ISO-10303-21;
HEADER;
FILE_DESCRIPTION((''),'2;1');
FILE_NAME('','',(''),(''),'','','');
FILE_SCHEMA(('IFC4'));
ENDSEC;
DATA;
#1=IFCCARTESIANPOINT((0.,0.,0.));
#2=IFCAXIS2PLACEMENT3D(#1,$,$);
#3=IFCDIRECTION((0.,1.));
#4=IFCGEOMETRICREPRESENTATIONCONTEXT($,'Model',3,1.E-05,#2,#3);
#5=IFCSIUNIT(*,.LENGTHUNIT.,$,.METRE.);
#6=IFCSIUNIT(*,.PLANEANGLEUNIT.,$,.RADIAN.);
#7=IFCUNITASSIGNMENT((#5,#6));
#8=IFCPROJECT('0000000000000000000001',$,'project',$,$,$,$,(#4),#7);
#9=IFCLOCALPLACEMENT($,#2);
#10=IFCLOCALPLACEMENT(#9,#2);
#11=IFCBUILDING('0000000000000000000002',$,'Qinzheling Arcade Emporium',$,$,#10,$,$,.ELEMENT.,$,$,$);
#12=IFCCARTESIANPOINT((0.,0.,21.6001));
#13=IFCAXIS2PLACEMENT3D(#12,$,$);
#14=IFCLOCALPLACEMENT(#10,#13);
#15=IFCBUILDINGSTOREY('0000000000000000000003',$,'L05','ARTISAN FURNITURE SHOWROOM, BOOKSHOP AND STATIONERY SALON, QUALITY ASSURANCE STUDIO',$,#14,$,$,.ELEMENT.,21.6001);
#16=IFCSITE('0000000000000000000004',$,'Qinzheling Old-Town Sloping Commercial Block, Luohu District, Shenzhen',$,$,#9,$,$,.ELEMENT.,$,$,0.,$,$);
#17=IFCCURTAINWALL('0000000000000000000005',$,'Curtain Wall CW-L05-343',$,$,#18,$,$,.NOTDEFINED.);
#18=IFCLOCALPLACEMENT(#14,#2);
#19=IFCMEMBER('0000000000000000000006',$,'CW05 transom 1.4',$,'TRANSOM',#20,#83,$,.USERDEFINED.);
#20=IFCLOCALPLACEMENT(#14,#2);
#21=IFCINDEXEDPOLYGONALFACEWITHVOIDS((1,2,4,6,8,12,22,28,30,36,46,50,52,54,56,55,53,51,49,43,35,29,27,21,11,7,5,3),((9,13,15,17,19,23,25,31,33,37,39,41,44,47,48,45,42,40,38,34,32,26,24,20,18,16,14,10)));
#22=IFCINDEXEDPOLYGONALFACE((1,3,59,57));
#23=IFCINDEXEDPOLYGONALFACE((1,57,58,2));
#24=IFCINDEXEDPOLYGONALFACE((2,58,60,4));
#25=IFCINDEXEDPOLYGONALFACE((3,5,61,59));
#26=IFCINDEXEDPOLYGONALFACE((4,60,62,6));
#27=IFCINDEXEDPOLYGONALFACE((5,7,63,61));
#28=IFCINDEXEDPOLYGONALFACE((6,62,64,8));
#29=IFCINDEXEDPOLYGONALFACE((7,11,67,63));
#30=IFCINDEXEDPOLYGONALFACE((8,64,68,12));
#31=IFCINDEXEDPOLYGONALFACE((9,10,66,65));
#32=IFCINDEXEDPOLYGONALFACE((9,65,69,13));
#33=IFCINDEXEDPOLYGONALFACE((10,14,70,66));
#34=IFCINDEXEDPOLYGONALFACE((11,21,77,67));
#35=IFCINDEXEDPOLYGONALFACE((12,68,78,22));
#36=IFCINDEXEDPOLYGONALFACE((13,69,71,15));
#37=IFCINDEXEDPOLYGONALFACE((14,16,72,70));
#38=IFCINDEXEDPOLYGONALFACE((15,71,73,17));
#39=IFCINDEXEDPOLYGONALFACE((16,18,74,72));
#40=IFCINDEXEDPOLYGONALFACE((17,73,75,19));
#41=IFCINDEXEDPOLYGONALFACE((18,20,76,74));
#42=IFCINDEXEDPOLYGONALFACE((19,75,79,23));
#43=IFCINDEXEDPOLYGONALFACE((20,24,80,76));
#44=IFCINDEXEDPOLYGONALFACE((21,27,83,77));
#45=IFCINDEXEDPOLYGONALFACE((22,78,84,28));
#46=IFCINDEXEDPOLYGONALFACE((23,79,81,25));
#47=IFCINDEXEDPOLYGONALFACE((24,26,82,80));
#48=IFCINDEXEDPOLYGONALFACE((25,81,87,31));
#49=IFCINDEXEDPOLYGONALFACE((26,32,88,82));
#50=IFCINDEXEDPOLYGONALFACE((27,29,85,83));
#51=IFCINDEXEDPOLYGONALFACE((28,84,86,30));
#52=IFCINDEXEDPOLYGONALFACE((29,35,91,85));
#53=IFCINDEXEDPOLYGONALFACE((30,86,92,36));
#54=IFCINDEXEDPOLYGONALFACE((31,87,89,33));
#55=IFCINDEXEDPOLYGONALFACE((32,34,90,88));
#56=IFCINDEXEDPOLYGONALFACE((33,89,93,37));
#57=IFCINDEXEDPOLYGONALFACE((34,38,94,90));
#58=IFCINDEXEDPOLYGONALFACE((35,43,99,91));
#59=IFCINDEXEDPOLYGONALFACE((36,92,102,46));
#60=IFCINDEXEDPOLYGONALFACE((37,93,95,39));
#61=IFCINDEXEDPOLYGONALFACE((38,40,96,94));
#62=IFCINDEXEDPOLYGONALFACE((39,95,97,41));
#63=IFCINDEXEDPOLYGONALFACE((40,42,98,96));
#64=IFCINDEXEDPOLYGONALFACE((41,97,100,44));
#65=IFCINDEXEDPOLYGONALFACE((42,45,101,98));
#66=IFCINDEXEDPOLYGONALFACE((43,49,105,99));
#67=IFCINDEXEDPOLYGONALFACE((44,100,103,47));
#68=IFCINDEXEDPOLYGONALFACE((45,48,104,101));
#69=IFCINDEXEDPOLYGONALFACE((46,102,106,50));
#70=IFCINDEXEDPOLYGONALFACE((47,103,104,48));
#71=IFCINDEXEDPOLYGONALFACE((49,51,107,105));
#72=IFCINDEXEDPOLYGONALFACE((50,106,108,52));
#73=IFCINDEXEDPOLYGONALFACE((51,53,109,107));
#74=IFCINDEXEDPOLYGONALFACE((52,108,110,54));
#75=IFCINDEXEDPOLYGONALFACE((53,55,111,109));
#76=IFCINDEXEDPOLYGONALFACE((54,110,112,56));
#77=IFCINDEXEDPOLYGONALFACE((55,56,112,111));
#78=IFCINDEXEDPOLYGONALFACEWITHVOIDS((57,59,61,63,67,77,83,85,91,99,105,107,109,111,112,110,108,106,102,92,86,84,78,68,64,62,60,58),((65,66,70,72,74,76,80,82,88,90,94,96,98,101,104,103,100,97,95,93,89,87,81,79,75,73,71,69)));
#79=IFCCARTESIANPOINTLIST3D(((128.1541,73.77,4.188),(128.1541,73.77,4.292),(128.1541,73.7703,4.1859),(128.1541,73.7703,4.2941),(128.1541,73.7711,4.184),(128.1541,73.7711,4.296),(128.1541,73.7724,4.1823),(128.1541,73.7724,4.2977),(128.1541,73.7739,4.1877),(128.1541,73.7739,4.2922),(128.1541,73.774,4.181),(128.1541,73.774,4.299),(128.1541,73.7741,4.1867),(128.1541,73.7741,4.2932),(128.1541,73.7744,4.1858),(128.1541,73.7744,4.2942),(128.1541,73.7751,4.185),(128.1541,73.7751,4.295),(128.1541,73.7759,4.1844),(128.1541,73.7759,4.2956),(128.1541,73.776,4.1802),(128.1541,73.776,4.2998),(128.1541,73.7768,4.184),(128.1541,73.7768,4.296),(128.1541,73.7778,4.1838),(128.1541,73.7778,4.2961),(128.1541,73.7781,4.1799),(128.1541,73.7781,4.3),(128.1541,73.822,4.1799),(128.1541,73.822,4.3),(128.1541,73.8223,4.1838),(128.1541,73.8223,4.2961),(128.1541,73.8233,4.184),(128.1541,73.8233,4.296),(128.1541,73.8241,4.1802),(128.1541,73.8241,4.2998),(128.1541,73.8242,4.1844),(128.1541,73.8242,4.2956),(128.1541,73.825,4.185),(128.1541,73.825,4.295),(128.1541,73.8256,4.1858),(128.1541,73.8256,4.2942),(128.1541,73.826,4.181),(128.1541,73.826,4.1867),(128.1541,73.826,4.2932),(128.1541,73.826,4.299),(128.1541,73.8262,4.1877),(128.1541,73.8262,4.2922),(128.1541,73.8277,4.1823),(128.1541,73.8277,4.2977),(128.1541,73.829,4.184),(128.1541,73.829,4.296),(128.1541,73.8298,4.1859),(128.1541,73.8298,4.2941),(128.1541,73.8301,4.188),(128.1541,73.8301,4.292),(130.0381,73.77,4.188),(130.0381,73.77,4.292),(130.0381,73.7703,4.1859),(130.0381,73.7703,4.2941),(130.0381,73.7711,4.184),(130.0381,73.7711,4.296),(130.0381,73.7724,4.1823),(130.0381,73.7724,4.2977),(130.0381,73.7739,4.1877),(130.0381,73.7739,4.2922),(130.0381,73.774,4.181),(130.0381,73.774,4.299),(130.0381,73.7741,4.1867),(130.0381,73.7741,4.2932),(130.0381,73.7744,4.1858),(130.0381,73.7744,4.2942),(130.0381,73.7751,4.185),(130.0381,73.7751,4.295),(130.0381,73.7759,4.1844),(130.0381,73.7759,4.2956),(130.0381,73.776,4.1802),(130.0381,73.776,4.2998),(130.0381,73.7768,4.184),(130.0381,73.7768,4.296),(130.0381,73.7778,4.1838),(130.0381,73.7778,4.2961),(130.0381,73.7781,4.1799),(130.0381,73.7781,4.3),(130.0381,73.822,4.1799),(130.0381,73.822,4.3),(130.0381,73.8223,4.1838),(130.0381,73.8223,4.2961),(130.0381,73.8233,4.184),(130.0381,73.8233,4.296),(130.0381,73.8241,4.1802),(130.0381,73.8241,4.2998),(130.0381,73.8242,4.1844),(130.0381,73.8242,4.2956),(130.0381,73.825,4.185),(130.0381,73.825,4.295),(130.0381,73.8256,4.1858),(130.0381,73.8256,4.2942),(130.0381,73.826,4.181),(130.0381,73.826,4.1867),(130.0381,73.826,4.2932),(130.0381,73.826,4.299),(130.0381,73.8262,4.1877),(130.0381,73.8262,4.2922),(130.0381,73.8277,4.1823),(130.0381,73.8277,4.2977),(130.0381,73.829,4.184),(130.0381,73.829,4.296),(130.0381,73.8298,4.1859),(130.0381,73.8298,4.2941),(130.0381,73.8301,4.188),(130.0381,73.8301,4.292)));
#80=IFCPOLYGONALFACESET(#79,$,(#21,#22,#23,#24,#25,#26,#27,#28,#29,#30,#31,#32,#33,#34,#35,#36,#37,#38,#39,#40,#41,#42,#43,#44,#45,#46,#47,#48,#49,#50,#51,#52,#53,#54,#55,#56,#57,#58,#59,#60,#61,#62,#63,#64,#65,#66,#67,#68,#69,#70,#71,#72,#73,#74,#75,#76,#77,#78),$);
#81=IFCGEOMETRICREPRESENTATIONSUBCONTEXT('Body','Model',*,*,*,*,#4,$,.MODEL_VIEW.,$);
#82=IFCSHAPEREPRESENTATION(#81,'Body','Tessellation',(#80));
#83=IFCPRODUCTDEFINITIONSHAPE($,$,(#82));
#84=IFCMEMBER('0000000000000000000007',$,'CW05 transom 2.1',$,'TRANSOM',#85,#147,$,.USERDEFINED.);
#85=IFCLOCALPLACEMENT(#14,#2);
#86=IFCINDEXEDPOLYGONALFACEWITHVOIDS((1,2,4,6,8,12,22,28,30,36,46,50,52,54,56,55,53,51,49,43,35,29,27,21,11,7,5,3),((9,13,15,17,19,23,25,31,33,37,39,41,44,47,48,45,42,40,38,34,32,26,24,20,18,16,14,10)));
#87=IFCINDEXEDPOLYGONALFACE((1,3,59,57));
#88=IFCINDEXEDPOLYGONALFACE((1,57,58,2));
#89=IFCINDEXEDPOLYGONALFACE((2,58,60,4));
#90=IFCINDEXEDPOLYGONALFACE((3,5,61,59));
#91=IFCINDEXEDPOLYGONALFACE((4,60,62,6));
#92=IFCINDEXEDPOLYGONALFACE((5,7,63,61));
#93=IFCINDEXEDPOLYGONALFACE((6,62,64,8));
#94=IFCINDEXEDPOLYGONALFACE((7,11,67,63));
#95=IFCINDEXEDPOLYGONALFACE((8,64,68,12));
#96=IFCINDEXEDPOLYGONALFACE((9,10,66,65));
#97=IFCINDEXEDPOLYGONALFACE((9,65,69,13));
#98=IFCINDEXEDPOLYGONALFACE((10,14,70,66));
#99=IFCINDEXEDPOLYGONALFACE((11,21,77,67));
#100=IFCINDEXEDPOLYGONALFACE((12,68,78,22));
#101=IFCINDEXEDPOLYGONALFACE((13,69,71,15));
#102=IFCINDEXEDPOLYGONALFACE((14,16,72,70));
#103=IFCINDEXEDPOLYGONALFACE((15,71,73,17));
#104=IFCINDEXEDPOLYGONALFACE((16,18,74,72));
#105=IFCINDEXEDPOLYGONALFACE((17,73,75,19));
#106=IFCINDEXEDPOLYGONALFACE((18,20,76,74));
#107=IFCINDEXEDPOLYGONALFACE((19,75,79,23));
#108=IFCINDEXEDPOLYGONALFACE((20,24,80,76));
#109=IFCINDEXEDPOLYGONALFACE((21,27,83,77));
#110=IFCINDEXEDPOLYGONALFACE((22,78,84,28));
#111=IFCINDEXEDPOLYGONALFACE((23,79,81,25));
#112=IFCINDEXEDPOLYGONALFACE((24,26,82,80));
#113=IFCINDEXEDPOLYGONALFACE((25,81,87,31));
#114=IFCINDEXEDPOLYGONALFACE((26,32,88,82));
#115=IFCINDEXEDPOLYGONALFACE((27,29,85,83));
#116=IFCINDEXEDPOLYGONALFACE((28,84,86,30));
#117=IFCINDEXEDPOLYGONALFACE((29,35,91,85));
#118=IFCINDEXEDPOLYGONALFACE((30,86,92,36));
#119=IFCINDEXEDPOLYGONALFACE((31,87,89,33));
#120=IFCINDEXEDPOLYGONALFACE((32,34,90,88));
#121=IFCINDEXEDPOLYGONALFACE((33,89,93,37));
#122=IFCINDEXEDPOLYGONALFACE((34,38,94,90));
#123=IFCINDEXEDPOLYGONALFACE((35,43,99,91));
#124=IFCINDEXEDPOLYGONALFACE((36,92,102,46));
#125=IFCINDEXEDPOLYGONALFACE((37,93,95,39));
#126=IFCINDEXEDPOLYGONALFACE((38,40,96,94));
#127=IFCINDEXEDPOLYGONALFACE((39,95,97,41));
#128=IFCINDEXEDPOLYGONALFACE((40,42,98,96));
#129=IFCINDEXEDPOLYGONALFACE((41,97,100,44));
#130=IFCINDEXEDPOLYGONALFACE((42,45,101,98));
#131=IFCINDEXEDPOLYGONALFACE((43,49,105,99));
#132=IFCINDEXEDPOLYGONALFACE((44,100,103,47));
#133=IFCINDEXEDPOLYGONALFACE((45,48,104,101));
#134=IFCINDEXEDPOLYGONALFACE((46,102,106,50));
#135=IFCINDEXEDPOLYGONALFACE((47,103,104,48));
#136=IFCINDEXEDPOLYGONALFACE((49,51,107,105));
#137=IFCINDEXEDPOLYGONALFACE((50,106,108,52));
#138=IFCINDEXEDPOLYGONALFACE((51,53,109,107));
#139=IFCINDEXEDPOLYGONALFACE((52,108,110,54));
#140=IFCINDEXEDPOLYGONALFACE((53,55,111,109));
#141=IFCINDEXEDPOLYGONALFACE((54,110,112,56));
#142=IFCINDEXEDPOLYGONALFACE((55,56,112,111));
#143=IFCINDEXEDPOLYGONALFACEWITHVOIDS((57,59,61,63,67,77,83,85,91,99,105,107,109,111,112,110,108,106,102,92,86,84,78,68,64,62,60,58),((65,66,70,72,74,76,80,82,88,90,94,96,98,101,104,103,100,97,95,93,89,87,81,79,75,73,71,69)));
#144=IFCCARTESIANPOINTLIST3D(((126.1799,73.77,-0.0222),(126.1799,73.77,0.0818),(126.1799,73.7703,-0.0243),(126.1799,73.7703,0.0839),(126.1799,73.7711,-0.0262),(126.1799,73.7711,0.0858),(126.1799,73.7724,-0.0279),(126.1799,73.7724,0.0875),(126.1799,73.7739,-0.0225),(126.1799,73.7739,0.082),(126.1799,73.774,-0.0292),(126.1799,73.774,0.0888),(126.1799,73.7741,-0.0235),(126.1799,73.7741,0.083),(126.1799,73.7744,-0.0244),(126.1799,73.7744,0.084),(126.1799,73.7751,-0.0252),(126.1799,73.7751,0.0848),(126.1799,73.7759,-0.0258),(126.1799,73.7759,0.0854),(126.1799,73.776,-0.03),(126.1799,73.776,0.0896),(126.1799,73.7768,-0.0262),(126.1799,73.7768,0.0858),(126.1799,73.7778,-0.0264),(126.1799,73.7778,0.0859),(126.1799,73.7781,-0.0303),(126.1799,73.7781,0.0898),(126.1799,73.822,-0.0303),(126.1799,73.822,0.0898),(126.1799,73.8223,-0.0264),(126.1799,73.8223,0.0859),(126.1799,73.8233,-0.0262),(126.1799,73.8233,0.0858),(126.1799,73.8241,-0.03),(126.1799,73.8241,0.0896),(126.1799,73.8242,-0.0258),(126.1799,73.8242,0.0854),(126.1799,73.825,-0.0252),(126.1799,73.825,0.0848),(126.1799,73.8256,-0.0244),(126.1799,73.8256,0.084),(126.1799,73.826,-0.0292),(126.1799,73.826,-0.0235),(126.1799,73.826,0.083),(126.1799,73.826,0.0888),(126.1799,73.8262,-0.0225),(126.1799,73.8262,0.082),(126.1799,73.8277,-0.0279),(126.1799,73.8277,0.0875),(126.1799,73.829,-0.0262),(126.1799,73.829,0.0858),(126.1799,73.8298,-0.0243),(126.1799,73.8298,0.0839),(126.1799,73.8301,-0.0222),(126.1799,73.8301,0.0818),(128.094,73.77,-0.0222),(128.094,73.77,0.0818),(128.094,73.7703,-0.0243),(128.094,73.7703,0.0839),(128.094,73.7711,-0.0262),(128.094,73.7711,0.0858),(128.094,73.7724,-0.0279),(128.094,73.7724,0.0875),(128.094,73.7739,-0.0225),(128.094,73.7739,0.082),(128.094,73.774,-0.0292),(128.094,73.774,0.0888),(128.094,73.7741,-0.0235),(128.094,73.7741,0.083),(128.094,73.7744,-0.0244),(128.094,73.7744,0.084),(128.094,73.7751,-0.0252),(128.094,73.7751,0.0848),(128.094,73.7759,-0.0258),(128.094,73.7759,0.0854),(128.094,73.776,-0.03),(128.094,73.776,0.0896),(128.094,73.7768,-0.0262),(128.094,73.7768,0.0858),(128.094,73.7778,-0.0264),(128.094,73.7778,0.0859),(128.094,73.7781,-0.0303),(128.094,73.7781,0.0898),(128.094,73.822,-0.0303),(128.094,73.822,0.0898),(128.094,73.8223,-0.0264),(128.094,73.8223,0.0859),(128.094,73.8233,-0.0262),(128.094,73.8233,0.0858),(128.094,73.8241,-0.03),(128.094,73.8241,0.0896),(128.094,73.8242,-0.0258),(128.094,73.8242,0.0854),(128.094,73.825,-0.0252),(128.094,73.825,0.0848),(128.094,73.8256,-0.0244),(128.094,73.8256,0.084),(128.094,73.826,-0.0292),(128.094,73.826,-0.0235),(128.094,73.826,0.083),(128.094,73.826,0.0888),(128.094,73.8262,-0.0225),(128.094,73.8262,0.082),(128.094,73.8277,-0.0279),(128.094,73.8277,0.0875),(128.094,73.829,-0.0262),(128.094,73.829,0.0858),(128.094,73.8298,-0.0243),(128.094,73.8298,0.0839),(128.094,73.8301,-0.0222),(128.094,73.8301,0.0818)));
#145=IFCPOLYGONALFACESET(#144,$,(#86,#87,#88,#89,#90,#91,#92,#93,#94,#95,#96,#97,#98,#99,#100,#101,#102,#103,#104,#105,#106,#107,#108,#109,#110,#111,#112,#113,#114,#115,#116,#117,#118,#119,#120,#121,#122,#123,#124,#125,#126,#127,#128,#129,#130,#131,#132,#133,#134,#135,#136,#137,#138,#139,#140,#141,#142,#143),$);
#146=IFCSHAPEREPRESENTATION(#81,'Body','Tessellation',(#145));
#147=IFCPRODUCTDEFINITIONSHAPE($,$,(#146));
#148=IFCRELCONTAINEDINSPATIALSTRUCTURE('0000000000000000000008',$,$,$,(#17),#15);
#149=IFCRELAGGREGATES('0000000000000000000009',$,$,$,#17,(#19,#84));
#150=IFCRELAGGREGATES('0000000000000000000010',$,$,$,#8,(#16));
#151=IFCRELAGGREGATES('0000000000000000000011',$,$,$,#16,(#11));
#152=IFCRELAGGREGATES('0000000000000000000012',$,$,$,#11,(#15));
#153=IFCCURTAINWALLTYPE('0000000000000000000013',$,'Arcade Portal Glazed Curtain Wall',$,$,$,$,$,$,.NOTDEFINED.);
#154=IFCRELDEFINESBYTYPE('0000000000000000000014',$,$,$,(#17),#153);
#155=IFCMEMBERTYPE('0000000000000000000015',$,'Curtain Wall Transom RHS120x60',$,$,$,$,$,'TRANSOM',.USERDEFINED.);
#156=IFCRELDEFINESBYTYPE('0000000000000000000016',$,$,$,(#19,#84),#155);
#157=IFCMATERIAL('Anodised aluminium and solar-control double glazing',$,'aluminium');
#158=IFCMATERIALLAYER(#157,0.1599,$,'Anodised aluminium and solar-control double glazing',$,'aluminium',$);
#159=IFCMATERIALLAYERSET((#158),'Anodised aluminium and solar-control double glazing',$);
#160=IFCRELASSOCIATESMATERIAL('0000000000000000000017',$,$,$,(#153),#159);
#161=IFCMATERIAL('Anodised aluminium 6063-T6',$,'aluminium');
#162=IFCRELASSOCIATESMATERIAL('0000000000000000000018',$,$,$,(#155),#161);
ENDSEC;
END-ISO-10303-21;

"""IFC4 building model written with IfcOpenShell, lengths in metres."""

from ifc_helpers import new_model, si_unit, direction, frame, origin, origin_2d, place, context, subcontext, project, spatial, hollow_rectangle, extrude, material, layer, layer_set, material_profile, profile_set, type_object, element, aggregate, save


model = new_model("IFC4")

# Units and contexts
model_context = context("Model", 3, precision=1e-05, world=origin(), true_north=direction((0.0, 1.0)))
body_context = subcontext(model_context, "Body", "Model", "MODEL_VIEW")
ifc_project = project(units=[si_unit("LENGTHUNIT", "METRE"), si_unit("PLANEANGLEUNIT", "RADIAN")], contexts=[model_context])

# Site, building, storey
site_placement = place(None, origin())
site = spatial("IfcSite", under=ifc_project, at=site_placement, Name="Qinzheling Old-Town Sloping Commercial Block, Luohu District, Shenzhen", CompositionType="ELEMENT", RefElevation=0.0)
building_placement = place(site_placement, origin())
building = spatial("IfcBuilding", under=site, at=building_placement, Name="Qinzheling Arcade Emporium", CompositionType="ELEMENT")
storey_placement = place(building_placement, frame((0.0, 0.0, 21.6001)))
storey = spatial("IfcBuildingStorey", under=building, at=storey_placement, Name="L05", Description="ARTISAN FURNITURE SHOWROOM, BOOKSHOP AND STATIONERY SALON, QUALITY ASSURANCE STUDIO", CompositionType="ELEMENT", Elevation=21.6001)

# Curtain wall, members
ifc_material_1 = material(Name="Anodised aluminium and solar-control double glazing", Category="aluminium")
ifc_layer_1 = layer(ifc_material_1, 0.1599, Name="Anodised aluminium and solar-control double glazing", Category="aluminium")
ifc_layer_set_1 = layer_set([ifc_layer_1], Name="Anodised aluminium and solar-control double glazing")
curtain_wall_type = type_object("IfcCurtainWallType", Name="Arcade Portal Glazed Curtain Wall", PredefinedType="NOTDEFINED", material=ifc_layer_set_1)
curtain_wall_placement = place(storey_placement, origin())
curtain_wall = element("IfcCurtainWall", 1, at=curtain_wall_placement, inside=storey, type_object=curtain_wall_type, Name="Curtain Wall CW-L05-343", PredefinedType="NOTDEFINED")
ifc_material_2 = material(Name="Anodised aluminium 6063-T6", Category="aluminium")
ifc_material_profile_1 = material_profile(ifc_material_2, hollow_rectangle(XDim=0.0601, YDim=0.1201, WallThickness=0.0039, InnerFilletRadius=0.0039, OuterFilletRadius=0.0081, at=origin_2d()), Name="RHS 120x60x4", Category="aluminium")
ifc_profile_set_1 = profile_set([ifc_material_profile_1], Name="Anodised aluminium 6063-T6")
member_type_1 = type_object("IfcMemberType", Name="Curtain Wall Transom RHS120x60", ElementType="TRANSOM", PredefinedType="USERDEFINED", material=ifc_profile_set_1)
member_1_placement = place(storey_placement, frame((130.0381, 73.8, 4.24), z_axis=(-1.0, 0.0, 0.0), x_axis=(0.0, -1.0, 0.0)))
member_1 = element("IfcMember", 2, at=member_1_placement, type_object=member_type_1, Name="CW05 transom 1.4", ObjectType="TRANSOM", PredefinedType="USERDEFINED", context=body_context, shape_type="SweptSolid", body=[
    extrude(hollow_rectangle(XDim=0.0601, YDim=0.1201, WallThickness=0.0039, InnerFilletRadius=0.0039, OuterFilletRadius=0.0081, at=origin_2d()), origin(), (0.0, 0.0, 1.0), 1.884),
])
member_2_placement = place(storey_placement, frame((128.094, 73.8, 0.0298), z_axis=(-1.0, 0.0, 0.0), x_axis=(0.0, -1.0, 0.0)))
member_2 = element("IfcMember", 3, at=member_2_placement, type_object=member_type_1, Name="CW05 transom 2.1", ObjectType="TRANSOM", PredefinedType="USERDEFINED", context=body_context, shape_type="SweptSolid", body=[
    extrude(hollow_rectangle(XDim=0.0601, YDim=0.1201, WallThickness=0.0039, InnerFilletRadius=0.0039, OuterFilletRadius=0.0081, at=origin_2d()), origin(), (0.0, 0.0, 1.0), 1.9141),
])

aggregate(curtain_wall, [member_1, member_2])

save(model, "model.ifc")
